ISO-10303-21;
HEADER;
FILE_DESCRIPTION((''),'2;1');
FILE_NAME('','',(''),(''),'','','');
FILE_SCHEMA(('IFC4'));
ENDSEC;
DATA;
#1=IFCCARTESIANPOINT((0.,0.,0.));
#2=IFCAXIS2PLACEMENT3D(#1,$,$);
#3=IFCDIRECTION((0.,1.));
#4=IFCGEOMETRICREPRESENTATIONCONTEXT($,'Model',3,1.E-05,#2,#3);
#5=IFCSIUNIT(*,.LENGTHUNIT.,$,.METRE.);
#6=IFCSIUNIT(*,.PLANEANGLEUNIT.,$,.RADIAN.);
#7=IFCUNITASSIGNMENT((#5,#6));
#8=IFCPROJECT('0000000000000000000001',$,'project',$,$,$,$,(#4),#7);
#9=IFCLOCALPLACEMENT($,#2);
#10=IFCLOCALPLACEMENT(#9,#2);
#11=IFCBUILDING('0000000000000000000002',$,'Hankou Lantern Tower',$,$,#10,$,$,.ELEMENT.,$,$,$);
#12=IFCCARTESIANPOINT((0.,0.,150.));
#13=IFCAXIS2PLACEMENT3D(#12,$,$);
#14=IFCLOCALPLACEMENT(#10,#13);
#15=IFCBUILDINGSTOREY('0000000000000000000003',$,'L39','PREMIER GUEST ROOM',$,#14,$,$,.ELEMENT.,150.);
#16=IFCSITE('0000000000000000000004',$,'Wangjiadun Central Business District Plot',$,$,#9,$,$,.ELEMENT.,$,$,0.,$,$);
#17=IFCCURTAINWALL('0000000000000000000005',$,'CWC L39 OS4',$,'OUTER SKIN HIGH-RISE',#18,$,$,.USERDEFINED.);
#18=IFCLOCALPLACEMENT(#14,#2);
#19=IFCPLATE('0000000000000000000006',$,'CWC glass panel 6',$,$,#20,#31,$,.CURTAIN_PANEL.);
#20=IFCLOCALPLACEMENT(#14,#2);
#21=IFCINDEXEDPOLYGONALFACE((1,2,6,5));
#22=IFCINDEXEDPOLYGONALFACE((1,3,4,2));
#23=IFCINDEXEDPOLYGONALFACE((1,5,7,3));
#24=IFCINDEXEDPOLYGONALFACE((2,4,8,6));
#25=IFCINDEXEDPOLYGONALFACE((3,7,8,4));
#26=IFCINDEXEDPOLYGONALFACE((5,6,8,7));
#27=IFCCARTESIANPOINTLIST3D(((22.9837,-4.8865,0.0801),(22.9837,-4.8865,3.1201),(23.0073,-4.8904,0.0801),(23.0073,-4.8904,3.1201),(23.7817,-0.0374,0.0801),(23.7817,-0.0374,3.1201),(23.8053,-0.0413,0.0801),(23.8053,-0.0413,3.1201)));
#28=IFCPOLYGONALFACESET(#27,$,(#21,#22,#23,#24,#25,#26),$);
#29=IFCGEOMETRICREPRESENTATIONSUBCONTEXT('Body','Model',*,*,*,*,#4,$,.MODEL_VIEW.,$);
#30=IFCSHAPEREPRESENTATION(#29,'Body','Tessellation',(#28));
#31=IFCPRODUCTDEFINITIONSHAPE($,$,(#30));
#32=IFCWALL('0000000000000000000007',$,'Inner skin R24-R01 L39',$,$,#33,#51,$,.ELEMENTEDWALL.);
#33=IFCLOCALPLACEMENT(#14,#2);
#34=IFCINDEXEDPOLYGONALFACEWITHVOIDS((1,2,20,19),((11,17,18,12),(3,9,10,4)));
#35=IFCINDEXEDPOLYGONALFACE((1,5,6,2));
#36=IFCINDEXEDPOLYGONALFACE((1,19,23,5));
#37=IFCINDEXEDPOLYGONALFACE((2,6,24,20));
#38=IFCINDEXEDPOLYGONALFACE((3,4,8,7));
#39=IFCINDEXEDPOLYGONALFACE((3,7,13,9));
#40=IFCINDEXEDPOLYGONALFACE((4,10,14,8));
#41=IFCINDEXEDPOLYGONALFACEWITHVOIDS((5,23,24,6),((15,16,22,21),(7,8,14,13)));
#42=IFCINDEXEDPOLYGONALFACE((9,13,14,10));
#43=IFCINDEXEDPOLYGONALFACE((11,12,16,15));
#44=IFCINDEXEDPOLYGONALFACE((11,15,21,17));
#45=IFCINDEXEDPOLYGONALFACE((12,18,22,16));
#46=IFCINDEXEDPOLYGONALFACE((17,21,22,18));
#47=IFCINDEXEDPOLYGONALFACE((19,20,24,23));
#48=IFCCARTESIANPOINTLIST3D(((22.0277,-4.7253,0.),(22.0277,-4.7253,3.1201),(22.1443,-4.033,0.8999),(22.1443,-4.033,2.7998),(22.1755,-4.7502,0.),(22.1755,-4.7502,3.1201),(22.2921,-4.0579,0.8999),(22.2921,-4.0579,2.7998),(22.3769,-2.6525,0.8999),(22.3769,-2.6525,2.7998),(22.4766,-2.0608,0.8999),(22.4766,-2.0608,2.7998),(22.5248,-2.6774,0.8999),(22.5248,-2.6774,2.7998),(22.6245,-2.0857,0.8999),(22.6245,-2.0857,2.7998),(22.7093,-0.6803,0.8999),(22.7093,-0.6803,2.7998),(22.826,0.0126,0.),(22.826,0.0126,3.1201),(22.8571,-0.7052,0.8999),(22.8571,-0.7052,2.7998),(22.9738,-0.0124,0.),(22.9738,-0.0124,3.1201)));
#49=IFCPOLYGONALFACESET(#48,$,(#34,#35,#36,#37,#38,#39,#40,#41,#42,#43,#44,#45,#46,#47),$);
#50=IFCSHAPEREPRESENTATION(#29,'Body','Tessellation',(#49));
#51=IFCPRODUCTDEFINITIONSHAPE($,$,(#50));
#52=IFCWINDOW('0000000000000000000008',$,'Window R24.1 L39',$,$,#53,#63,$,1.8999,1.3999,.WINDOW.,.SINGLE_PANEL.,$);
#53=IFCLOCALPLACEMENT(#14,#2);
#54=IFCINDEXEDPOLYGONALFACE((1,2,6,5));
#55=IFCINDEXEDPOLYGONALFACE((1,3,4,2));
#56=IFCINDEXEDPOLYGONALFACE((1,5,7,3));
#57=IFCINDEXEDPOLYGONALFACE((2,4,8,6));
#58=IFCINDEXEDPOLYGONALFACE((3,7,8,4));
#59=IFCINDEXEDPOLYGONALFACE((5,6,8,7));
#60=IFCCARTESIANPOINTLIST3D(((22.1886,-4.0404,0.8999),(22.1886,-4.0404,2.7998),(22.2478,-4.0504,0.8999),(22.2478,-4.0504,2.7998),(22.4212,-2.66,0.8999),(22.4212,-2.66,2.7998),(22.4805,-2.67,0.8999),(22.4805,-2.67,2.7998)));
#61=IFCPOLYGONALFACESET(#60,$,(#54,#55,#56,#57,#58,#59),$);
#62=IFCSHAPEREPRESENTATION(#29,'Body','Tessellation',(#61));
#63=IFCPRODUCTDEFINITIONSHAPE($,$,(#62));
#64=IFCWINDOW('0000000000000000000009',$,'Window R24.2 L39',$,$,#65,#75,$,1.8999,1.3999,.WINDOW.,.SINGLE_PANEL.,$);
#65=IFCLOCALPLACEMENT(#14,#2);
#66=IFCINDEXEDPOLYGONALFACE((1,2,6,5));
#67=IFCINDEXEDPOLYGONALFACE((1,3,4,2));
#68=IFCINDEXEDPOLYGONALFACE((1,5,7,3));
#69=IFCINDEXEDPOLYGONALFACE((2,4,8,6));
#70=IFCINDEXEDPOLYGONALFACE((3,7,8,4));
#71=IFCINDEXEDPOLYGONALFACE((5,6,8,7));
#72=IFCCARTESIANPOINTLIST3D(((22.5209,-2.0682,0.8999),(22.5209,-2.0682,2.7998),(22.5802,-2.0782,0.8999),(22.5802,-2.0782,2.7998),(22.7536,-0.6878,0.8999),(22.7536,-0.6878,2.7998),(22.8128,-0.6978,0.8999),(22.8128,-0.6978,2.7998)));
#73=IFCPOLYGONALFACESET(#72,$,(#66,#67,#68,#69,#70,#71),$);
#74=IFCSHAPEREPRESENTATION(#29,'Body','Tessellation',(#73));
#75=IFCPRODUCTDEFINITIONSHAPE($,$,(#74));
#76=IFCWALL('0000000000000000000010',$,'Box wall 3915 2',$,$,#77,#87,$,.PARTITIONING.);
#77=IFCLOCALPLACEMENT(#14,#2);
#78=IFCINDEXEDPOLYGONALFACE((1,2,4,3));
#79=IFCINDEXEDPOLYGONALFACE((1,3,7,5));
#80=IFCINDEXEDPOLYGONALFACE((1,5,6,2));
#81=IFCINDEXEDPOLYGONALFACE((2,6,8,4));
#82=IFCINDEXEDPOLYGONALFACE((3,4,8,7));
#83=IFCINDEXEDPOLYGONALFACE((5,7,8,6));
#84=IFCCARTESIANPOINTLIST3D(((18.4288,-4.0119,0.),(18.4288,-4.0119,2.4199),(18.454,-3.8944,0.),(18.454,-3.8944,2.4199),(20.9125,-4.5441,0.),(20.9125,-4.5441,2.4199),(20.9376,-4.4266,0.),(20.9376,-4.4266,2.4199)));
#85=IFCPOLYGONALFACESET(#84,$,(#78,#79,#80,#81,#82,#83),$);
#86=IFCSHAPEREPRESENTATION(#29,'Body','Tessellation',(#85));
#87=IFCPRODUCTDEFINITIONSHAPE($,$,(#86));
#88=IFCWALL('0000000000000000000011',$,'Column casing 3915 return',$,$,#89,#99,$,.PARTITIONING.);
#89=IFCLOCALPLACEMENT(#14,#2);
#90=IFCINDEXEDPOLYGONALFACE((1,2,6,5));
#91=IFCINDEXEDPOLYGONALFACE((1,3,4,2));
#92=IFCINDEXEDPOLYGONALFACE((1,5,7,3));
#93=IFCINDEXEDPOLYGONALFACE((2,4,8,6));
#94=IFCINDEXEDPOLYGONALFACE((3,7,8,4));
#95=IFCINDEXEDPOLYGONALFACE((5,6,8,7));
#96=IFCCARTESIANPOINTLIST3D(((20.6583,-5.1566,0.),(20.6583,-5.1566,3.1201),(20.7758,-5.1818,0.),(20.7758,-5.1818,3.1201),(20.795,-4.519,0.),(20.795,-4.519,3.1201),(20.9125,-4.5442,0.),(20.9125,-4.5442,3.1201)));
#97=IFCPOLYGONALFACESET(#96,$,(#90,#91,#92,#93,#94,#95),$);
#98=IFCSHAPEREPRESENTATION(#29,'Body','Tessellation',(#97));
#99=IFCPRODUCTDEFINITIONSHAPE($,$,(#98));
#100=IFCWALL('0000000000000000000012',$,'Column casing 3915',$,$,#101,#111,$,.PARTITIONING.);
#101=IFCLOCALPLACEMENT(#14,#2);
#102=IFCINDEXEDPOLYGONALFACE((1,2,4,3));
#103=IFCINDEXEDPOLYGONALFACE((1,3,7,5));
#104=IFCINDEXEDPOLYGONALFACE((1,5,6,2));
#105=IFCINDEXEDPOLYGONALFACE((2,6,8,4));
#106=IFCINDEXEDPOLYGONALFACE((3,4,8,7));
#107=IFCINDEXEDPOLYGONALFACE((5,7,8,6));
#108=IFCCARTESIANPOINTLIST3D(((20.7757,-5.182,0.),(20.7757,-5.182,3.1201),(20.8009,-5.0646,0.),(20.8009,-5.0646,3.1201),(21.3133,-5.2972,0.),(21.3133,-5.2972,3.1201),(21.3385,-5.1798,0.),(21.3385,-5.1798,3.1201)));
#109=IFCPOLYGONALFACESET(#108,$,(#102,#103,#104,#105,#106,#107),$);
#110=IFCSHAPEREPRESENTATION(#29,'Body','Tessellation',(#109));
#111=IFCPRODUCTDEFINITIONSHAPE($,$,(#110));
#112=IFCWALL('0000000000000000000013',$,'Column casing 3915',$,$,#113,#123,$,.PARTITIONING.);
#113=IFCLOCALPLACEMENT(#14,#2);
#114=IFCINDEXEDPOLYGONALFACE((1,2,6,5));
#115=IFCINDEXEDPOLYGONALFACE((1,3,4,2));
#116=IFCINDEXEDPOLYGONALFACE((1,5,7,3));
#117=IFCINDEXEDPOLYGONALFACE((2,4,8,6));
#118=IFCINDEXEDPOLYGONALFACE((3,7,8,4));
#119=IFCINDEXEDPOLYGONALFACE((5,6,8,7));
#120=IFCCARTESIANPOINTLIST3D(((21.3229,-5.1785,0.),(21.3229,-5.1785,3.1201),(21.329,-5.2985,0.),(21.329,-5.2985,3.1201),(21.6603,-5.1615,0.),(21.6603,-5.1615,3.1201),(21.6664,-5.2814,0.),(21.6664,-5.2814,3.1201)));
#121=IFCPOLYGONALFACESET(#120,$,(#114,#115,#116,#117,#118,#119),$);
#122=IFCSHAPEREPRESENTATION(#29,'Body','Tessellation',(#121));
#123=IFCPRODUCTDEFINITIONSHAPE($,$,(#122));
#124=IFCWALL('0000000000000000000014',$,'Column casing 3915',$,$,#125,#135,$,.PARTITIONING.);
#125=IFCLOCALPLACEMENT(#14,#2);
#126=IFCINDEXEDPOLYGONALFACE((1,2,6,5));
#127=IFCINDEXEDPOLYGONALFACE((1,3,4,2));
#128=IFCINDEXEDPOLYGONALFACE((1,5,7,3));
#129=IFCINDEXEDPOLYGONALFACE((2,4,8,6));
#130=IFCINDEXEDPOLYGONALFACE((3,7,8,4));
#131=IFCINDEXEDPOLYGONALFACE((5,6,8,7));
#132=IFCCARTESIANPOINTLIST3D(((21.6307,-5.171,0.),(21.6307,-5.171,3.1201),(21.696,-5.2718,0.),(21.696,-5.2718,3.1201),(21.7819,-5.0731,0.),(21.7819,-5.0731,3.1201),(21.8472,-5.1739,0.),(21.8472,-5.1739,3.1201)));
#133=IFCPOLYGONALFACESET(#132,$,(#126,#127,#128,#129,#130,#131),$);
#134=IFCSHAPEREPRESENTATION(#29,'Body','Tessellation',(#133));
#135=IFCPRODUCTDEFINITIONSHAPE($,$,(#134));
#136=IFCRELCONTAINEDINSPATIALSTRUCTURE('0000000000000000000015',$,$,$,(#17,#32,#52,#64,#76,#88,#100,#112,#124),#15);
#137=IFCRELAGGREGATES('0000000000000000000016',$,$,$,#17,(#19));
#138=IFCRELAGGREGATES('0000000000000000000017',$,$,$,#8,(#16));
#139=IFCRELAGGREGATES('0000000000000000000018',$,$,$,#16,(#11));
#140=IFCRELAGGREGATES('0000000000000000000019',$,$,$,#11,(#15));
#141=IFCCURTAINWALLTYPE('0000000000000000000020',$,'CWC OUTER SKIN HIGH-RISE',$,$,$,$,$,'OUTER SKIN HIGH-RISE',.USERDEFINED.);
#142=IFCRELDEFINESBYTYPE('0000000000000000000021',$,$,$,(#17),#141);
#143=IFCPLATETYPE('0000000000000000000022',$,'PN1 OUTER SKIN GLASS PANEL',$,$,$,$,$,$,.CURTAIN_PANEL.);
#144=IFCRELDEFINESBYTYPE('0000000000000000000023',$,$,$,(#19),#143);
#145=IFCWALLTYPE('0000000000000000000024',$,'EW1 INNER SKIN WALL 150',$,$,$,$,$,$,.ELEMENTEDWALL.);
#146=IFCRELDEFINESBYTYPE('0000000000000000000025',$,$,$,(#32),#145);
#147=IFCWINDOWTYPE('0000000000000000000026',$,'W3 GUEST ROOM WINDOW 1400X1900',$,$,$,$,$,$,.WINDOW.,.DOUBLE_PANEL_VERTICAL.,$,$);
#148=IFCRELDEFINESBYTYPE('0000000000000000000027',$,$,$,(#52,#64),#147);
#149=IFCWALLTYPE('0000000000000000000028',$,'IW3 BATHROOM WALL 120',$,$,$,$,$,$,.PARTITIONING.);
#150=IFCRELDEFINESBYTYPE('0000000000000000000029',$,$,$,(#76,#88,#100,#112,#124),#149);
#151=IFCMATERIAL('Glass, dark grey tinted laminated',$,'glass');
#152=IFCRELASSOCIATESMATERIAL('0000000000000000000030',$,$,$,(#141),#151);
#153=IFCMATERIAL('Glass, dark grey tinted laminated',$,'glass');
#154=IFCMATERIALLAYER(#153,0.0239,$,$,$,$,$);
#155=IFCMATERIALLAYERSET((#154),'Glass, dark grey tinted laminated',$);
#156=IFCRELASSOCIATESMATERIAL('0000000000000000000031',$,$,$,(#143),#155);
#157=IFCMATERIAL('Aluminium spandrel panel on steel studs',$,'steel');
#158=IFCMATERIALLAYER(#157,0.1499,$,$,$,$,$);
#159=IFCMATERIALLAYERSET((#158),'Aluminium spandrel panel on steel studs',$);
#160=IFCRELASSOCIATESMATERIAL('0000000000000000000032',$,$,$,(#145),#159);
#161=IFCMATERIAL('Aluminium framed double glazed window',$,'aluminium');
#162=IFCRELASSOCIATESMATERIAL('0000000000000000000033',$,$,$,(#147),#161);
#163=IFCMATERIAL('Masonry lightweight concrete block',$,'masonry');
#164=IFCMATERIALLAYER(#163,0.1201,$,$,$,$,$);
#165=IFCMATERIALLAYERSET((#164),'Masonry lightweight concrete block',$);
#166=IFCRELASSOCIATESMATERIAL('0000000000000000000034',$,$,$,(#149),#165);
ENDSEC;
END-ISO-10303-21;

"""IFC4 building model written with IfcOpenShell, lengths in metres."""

from ifc_helpers import new_model, si_unit, direction, frame, frame_2d, origin, origin_2d, place, context, subcontext, project, spatial, rectangle, extrude, material, layer, layer_set, type_object, element, fill, aggregate, save


model = new_model("IFC4")

# Units and contexts
model_context = context("Model", 3, precision=1e-05, world=origin(), true_north=direction((0.0, 1.0)))
body_context = subcontext(model_context, "Body", "Model", "MODEL_VIEW")
ifc_project = project(units=[si_unit("LENGTHUNIT", "METRE"), si_unit("PLANEANGLEUNIT", "RADIAN")], contexts=[model_context])

# Site, building, storey
site_placement = place(None, origin())
site = spatial("IfcSite", under=ifc_project, at=site_placement, Name="Wangjiadun Central Business District Plot", CompositionType="ELEMENT", RefElevation=0.0)
building_placement = place(site_placement, origin())
building = spatial("IfcBuilding", under=site, at=building_placement, Name="Hankou Lantern Tower", CompositionType="ELEMENT")
storey_placement = place(building_placement, frame((0.0, 0.0, 150.0)))
storey = spatial("IfcBuildingStorey", under=building, at=storey_placement, Name="L39", Description="PREMIER GUEST ROOM", CompositionType="ELEMENT", Elevation=150.0)

# Curtain wall, plate
ifc_material_1 = material(Name="Glass, dark grey tinted laminated", Category="glass")
curtain_wall_type = type_object("IfcCurtainWallType", Name="CWC OUTER SKIN HIGH-RISE", ElementType="OUTER SKIN HIGH-RISE", PredefinedType="USERDEFINED", material=ifc_material_1)
curtain_wall_placement = place(storey_placement, origin())
curtain_wall = element("IfcCurtainWall", 1, at=curtain_wall_placement, inside=storey, type_object=curtain_wall_type, Name="CWC L39 OS4", ObjectType="OUTER SKIN HIGH-RISE", PredefinedType="USERDEFINED")
ifc_material_2 = material(Name="Glass, dark grey tinted laminated", Category="glass")
ifc_layer_1 = layer(ifc_material_2, 0.0239)
ifc_layer_set_1 = layer_set([ifc_layer_1], Name="Glass, dark grey tinted laminated")
plate_type = type_object("IfcPlateType", Name="PN1 OUTER SKIN GLASS PANEL", PredefinedType="CURTAIN_PANEL", material=ifc_layer_set_1)
plate_1_placement = place(storey_placement, frame((23.3945, -2.4639, 0.0801), z_axis=(0.0, 0.0, 1.0), x_axis=(0.162382, 0.986728, 0.0)))
plate_1 = element("IfcPlate", 2, at=plate_1_placement, type_object=plate_type, Name="CWC glass panel 6", PredefinedType="CURTAIN_PANEL", context=body_context, shape_type="SweptSolid", body=[
    extrude(rectangle(XDim=4.9143, YDim=0.0239, at=origin_2d()), origin(), (0.0, 0.0, 1.0), 3.04),
])
aggregate(curtain_wall, [plate_1])

# Wall, openings, windows
ifc_material_3 = material(Name="Aluminium spandrel panel on steel studs", Category="steel")
ifc_layer_2 = layer(ifc_material_3, 0.1499)
ifc_layer_set_2 = layer_set([ifc_layer_2], Name="Aluminium spandrel panel on steel studs")
wall_type_1 = type_object("IfcWallType", Name="EW1 INNER SKIN WALL 150", PredefinedType="ELEMENTEDWALL", material=ifc_layer_set_2)
wall_1_placement = place(storey_placement, frame((22.1016, -4.7378, 0.0), z_axis=(0.0, 0.0, 1.0), x_axis=(0.166162, 0.986098, 0.0)))
wall_1 = element("IfcWall", 3, at=wall_1_placement, inside=storey, type_object=wall_type_1, Name="Inner skin R24-R01 L39", PredefinedType="ELEMENTEDWALL", context=body_context, shape_type="SweptSolid", body=[
    extrude(rectangle(XDim=4.8047, YDim=0.1499, at=frame_2d((2.4023, 0.0))), origin(), (0.0, 0.0, 1.0), 3.1201),
])
opening_1_placement = place(wall_1_placement, frame((0.7021, 0.0, 0.8999)))
opening_1 = element("IfcOpeningElement", 4, at=opening_1_placement, cuts=wall_1, PredefinedType="OPENING", context=body_context, shape_type="SweptSolid", body=[
    extrude(rectangle(XDim=1.3999, YDim=1.8999, at=frame_2d((0.7, 0.95))), frame((0.0, 0.085, 0.0), z_axis=(0.0, -1.0, 0.0), x_axis=(1.0, 0.0, 0.0)), (0.0, 0.0, 1.0), 0.1699),
])
opening_2_placement = place(wall_1_placement, frame((2.7021, 0.0, 0.8999)))
opening_2 = element("IfcOpeningElement", 5, at=opening_2_placement, cuts=wall_1, PredefinedType="OPENING", context=body_context, shape_type="SweptSolid", body=[
    extrude(rectangle(XDim=1.3999, YDim=1.8999, at=frame_2d((0.7, 0.95))), frame((0.0, 0.085, 0.0), z_axis=(0.0, -1.0, 0.0), x_axis=(1.0, 0.0, 0.0)), (0.0, 0.0, 1.0), 0.1699),
])
ifc_material_4 = material(Name="Aluminium framed double glazed window", Category="aluminium")
window_type = type_object("IfcWindowType", Name="W3 GUEST ROOM WINDOW 1400X1900", PartitioningType="DOUBLE_PANEL_VERTICAL", PredefinedType="WINDOW", material=ifc_material_4)
window_1_placement = place(opening_1_placement, origin())
window_1 = element("IfcWindow", 6, at=window_1_placement, inside=storey, type_object=window_type, Name="Window R24.1 L39", OverallHeight=1.8999, OverallWidth=1.3999, PartitioningType="SINGLE_PANEL", PredefinedType="WINDOW", context=body_context, shape_type="SweptSolid", body=[
    extrude(rectangle(XDim=1.3999, YDim=1.8999, at=frame_2d((0.7, 0.95))), frame((0.0, 0.03, 0.0), z_axis=(0.0, -1.0, 0.0), x_axis=(1.0, 0.0, 0.0)), (0.0, 0.0, 1.0), 0.0601),
])
fill(opening_1, window_1)
window_2_placement = place(opening_2_placement, origin())
window_2 = element("IfcWindow", 7, at=window_2_placement, inside=storey, type_object=window_type, Name="Window R24.2 L39", OverallHeight=1.8999, OverallWidth=1.3999, PartitioningType="SINGLE_PANEL", PredefinedType="WINDOW", context=body_context, shape_type="SweptSolid", body=[
    extrude(rectangle(XDim=1.3999, YDim=1.8999, at=frame_2d((0.7, 0.95))), frame((0.0, 0.03, 0.0), z_axis=(0.0, -1.0, 0.0), x_axis=(1.0, 0.0, 0.0)), (0.0, 0.0, 1.0), 0.0601),
])
fill(opening_2, window_2)

# Walls
ifc_material_5 = material(Name="Masonry lightweight concrete block", Category="masonry")
ifc_layer_3 = layer(ifc_material_5, 0.1201)
ifc_layer_set_3 = layer_set([ifc_layer_3], Name="Masonry lightweight concrete block")
wall_type_2 = type_object("IfcWallType", Name="IW3 BATHROOM WALL 120", PredefinedType="PARTITIONING", material=ifc_layer_set_3)
wall_2_placement = place(storey_placement, frame((18.4414, -3.9531, 0.0), z_axis=(0.0, 0.0, 1.0), x_axis=(0.977801, -0.209536, 0.0)))
element("IfcWall", 8, at=wall_2_placement, inside=storey, type_object=wall_type_2, Name="Box wall 3915 2", PredefinedType="PARTITIONING", context=body_context, shape_type="SweptSolid", body=[
    extrude(rectangle(XDim=2.54, YDim=0.1201, at=frame_2d((1.27, 0.0))), origin(), (0.0, 0.0, 1.0), 2.4199),
])
wall_3_placement = place(storey_placement, frame((20.8538, -4.5315, 0.0), z_axis=(0.0, 0.0, 1.0), x_axis=(-0.209631, -0.97778, 0.0)))
element("IfcWall", 9, at=wall_3_placement, inside=storey, type_object=wall_type_2, Name="Column casing 3915 return", PredefinedType="PARTITIONING", context=body_context, shape_type="SweptSolid", body=[
    extrude(rectangle(XDim=0.6521, YDim=0.1201, at=frame_2d((0.3262, 0.0))), origin(), (0.0, 0.0, 1.0), 3.1201),
])
wall_4_placement = place(storey_placement, frame((20.7883, -5.1233, 0.0), z_axis=(0.0, 0.0, 1.0), x_axis=(0.977789, -0.20959, 0.0)))
element("IfcWall", 10, at=wall_4_placement, inside=storey, type_object=wall_type_2, Name="Column casing 3915", PredefinedType="PARTITIONING", context=body_context, shape_type="SweptSolid", body=[
    extrude(rectangle(XDim=0.5498, YDim=0.1201, at=frame_2d((0.2749, 0.0))), origin(), (0.0, 0.0, 1.0), 3.1201),
])
wall_5_placement = place(storey_placement, frame((21.3259, -5.2385, 0.0), z_axis=(0.0, 0.0, 1.0), x_axis=(0.99872, 0.050586, 0.0)))
element("IfcWall", 11, at=wall_5_placement, inside=storey, type_object=wall_type_2, Name="Column casing 3915", PredefinedType="PARTITIONING", context=body_context, shape_type="SweptSolid", body=[
    extrude(rectangle(XDim=0.3379, YDim=0.1201, at=frame_2d((0.1689, 0.0))), origin(), (0.0, 0.0, 1.0), 3.1201),
])
wall_6_placement = place(storey_placement, frame((21.6633, -5.2214, 0.0), z_axis=(0.0, 0.0, 1.0), x_axis=(0.839279, 0.543701, 0.0)))
element("IfcWall", 12, at=wall_6_placement, inside=storey, type_object=wall_type_2, Name="Column casing 3915", PredefinedType="PARTITIONING", context=body_context, shape_type="SweptSolid", body=[
    extrude(rectangle(XDim=0.1802, YDim=0.1201, at=frame_2d((0.0901, 0.0))), origin(), (0.0, 0.0, 1.0), 3.1201),
])

save(model, "model.ifc")
